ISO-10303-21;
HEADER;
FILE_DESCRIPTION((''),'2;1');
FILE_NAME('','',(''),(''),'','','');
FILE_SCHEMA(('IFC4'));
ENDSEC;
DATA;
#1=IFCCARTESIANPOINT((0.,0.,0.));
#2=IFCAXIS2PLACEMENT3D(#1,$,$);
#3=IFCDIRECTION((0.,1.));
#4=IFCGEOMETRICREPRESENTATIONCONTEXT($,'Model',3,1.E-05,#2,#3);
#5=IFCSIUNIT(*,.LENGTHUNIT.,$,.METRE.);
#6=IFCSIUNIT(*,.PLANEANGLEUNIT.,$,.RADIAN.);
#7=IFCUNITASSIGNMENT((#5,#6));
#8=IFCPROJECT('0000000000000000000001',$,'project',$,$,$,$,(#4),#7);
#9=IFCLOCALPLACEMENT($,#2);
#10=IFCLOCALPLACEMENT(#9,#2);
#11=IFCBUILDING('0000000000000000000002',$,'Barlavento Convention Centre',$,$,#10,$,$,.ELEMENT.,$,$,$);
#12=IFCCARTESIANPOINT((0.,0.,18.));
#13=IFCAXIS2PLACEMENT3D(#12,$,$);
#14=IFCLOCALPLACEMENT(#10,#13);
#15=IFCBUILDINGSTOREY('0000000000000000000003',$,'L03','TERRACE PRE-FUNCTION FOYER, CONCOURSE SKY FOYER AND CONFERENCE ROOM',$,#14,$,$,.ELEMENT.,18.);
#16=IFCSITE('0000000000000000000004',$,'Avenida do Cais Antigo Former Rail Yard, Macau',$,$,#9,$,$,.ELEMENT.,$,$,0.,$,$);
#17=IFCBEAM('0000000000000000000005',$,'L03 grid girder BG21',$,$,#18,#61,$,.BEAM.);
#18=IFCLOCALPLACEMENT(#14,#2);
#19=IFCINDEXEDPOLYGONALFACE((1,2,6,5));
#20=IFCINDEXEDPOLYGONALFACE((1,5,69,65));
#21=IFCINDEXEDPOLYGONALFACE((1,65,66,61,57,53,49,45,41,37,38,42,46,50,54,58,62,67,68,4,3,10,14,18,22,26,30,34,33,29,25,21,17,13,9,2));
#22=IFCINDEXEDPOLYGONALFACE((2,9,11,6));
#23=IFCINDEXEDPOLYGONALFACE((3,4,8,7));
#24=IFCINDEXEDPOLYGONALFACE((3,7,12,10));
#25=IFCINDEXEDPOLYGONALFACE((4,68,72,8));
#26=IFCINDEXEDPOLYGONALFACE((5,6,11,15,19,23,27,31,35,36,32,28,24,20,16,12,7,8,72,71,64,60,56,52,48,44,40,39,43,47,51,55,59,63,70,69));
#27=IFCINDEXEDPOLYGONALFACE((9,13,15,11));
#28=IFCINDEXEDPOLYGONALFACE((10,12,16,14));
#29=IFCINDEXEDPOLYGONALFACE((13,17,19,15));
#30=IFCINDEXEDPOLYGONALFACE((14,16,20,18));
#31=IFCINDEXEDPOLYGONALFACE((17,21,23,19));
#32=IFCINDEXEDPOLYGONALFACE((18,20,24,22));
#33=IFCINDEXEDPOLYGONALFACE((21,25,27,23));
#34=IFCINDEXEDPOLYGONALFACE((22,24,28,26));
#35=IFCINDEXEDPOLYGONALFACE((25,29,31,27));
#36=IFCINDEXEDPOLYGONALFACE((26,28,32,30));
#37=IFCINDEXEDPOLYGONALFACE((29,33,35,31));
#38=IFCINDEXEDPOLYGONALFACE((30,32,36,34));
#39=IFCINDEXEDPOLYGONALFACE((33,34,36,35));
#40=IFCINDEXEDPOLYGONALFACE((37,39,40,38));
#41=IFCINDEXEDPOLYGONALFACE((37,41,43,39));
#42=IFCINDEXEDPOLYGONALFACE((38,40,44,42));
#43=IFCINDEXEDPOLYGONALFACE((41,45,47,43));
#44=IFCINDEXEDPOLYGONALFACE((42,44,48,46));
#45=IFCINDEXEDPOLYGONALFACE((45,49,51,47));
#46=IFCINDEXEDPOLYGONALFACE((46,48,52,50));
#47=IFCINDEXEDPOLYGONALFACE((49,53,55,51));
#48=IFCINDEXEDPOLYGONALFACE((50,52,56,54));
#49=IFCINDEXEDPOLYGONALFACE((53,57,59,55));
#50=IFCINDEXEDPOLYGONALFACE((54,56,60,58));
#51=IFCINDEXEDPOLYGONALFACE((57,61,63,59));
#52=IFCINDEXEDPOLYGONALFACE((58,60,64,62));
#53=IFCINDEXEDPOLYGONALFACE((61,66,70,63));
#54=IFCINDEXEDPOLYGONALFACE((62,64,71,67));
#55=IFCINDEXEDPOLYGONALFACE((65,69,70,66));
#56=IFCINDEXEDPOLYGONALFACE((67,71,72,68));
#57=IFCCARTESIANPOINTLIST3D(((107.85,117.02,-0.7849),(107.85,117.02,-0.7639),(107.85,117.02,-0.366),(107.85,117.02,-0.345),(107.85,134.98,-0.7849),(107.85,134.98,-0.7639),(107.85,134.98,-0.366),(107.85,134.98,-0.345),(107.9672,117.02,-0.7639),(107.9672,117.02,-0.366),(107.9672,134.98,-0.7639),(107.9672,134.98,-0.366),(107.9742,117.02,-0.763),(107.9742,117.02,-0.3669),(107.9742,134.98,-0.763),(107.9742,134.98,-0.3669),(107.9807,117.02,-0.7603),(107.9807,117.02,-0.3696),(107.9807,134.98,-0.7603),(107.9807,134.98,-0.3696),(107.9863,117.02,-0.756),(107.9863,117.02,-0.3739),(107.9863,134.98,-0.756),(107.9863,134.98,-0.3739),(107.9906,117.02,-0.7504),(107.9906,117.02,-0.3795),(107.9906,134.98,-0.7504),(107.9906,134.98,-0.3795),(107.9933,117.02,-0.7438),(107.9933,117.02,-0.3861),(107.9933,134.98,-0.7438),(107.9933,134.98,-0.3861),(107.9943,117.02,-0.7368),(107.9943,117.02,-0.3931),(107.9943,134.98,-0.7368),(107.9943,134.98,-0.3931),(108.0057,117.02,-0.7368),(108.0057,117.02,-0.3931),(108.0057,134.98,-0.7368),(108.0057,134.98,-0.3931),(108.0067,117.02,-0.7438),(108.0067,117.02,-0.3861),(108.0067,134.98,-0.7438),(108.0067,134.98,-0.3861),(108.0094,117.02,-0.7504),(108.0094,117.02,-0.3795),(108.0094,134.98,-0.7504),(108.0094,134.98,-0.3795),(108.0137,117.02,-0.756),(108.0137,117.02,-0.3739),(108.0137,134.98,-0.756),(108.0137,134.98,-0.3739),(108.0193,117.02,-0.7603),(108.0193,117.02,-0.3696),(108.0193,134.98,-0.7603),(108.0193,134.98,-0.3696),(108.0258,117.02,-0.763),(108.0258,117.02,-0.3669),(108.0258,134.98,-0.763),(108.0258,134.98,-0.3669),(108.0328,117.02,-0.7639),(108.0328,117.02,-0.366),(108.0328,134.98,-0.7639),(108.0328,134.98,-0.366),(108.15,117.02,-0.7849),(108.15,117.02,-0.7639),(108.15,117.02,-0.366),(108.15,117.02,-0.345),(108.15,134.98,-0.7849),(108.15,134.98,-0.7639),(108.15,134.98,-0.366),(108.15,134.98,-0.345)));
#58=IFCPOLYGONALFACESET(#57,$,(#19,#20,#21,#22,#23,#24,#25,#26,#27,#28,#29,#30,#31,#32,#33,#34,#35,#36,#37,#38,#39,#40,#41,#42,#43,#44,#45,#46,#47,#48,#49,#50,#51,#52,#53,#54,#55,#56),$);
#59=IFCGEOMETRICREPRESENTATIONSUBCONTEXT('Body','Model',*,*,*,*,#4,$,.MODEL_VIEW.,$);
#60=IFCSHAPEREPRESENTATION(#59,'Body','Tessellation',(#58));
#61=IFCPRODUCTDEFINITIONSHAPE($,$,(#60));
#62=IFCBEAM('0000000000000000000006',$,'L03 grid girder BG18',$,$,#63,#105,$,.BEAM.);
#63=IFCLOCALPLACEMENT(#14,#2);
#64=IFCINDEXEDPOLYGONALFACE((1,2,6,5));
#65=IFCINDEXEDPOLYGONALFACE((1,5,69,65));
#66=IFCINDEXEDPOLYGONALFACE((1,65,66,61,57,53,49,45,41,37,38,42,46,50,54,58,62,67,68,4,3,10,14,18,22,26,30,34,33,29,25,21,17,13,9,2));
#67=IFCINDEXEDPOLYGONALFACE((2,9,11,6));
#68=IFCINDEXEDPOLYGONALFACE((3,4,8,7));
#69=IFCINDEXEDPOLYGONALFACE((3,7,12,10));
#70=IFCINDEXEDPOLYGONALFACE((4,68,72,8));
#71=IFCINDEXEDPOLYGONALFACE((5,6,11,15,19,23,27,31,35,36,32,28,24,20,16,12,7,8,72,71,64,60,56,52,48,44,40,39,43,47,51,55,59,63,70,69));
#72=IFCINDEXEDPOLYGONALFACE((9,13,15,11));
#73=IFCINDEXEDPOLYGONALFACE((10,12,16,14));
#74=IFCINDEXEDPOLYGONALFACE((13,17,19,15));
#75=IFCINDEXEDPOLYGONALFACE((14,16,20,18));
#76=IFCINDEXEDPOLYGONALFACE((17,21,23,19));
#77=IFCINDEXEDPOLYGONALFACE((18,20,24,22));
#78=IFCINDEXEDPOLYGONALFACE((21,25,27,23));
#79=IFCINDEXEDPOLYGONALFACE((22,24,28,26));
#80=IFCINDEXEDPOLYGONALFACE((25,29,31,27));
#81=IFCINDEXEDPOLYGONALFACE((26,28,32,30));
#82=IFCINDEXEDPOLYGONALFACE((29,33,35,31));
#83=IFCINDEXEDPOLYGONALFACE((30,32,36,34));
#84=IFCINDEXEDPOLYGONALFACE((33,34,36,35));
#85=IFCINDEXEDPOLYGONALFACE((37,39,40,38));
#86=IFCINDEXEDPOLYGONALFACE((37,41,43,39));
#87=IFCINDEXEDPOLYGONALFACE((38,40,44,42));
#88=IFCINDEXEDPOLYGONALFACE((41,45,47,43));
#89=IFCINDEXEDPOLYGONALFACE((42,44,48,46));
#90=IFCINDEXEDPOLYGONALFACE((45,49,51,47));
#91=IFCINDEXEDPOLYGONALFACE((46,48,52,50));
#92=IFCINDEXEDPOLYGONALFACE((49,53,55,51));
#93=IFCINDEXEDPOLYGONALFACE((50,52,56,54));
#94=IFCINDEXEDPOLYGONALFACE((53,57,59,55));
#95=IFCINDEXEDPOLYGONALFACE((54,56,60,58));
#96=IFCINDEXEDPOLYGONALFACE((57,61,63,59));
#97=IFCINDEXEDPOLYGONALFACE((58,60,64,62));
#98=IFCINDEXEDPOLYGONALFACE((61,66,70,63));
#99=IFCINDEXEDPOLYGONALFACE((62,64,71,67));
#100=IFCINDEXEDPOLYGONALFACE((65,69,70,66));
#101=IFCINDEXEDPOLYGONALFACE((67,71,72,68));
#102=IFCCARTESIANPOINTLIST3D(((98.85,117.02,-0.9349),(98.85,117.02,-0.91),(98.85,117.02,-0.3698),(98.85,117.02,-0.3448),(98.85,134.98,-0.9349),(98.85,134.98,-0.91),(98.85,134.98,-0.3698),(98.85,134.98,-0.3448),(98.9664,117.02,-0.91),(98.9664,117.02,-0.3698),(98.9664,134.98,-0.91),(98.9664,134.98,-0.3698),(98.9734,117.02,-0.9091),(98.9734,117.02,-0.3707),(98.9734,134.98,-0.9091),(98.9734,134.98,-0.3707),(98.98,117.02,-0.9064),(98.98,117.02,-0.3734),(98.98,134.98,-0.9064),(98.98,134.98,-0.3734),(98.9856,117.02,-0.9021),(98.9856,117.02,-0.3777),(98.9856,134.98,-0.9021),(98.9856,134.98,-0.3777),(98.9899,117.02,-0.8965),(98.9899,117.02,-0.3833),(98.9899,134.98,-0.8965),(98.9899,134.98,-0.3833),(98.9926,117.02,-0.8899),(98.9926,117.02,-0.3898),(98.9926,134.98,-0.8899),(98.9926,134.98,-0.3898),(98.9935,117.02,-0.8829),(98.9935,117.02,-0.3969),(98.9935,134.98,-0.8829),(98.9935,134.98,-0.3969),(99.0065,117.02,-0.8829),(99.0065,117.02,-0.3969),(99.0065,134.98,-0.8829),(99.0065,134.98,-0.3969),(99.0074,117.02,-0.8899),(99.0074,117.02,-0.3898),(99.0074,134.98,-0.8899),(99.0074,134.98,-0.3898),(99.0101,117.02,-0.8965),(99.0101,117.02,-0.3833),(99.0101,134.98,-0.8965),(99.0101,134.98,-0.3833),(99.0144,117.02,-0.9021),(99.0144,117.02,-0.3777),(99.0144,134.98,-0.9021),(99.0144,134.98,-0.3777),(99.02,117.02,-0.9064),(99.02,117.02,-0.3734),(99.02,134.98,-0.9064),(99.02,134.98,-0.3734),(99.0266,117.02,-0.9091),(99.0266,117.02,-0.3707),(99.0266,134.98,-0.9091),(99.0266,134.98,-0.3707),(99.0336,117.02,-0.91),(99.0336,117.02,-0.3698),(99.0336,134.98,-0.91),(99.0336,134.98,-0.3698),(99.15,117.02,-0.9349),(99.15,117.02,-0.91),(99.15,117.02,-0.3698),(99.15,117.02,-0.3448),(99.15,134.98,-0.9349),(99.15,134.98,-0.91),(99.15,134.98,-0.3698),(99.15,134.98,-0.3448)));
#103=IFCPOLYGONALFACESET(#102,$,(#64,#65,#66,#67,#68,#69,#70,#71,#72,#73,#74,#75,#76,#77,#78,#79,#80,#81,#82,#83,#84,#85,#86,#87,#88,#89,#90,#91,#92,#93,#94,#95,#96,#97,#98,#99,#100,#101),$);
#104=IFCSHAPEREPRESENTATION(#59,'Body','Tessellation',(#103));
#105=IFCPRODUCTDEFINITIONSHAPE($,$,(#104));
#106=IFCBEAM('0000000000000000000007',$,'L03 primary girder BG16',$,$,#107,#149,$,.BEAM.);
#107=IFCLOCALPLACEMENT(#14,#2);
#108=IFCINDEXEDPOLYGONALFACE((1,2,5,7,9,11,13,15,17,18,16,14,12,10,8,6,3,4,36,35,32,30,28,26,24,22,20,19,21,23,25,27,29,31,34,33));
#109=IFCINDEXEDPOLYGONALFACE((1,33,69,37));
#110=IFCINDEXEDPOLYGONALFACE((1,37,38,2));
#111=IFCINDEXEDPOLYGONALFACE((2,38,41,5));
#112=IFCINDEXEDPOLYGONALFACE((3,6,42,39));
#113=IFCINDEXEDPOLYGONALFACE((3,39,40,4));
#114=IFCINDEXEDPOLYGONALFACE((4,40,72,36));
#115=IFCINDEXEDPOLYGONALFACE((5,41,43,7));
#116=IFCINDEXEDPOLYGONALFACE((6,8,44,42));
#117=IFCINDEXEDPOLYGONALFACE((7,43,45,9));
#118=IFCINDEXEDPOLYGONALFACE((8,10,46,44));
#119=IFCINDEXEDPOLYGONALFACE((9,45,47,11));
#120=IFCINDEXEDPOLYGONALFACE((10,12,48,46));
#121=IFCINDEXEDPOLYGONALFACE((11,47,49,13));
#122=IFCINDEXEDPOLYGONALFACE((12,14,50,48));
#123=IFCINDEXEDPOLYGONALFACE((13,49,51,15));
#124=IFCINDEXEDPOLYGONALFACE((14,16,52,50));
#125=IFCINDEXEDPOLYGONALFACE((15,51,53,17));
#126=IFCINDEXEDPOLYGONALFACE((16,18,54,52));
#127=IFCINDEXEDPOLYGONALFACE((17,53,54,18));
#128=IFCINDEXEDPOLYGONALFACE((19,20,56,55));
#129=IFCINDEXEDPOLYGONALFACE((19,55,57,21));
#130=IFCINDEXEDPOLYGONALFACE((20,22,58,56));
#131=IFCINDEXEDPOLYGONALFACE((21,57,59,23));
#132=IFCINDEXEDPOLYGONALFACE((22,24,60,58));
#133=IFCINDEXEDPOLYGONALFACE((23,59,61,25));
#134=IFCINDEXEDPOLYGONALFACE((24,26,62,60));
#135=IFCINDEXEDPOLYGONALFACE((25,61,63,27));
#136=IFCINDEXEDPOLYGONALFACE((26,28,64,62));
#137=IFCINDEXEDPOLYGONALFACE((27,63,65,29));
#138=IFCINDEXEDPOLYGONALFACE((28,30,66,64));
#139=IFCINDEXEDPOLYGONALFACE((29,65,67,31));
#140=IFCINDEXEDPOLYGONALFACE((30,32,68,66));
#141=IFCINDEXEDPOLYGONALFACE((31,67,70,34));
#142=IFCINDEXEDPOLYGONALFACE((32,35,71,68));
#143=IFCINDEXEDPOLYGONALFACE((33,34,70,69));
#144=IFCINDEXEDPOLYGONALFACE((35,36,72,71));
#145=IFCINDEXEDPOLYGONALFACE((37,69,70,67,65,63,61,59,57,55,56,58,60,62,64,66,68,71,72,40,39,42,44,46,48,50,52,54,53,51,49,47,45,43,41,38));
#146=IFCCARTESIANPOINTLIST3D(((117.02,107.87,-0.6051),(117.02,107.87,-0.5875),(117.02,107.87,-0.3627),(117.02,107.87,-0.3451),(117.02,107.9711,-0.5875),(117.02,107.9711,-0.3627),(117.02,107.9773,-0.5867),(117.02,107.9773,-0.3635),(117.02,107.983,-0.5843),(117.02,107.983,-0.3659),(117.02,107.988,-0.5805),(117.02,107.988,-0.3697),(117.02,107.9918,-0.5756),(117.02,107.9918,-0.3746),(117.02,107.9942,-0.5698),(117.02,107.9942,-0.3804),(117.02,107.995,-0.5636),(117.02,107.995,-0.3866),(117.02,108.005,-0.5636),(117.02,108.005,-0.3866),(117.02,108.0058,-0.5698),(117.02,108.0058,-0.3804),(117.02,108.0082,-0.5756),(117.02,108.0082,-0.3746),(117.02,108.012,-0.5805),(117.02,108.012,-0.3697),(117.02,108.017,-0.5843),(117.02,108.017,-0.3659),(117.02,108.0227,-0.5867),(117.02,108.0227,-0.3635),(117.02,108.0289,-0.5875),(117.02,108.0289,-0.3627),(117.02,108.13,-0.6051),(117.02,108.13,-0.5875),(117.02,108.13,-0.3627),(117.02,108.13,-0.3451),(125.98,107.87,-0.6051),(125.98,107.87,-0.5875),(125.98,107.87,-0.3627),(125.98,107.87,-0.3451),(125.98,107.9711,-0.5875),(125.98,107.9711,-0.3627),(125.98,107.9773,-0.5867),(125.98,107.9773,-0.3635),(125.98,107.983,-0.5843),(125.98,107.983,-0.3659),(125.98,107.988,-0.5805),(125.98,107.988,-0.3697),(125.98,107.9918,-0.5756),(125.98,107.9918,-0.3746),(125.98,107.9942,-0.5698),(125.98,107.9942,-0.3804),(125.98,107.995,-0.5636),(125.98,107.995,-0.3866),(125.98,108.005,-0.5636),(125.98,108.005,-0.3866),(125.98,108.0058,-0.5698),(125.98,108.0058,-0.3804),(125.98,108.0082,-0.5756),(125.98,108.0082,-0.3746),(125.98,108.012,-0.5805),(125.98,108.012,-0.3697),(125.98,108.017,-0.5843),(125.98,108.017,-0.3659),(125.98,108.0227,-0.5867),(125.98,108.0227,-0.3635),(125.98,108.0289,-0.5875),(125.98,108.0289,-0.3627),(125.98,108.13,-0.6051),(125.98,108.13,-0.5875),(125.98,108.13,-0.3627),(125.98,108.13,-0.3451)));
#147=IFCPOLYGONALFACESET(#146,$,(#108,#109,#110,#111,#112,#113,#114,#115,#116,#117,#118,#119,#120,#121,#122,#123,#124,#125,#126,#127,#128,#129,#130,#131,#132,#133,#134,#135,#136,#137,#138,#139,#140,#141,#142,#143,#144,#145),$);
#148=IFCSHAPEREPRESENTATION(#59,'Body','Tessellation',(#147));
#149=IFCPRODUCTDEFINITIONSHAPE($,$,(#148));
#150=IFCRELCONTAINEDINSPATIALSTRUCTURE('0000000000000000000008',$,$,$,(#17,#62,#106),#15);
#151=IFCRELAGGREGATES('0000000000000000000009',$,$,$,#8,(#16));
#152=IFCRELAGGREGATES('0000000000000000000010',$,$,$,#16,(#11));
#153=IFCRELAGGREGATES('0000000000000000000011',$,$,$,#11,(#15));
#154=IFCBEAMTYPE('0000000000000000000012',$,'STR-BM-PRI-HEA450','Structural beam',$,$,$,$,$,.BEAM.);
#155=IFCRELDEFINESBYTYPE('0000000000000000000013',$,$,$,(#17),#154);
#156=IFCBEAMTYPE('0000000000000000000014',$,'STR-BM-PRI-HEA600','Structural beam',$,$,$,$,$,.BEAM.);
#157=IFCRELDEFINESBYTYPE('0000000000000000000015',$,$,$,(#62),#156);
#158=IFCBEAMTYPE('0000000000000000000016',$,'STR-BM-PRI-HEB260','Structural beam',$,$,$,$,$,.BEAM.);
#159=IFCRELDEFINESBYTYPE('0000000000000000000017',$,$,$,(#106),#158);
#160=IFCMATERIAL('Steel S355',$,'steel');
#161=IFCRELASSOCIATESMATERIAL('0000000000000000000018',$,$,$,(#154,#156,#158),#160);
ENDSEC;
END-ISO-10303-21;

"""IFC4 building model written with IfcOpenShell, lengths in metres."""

from ifc_helpers import new_model, si_unit, direction, frame, origin, origin_2d, place, context, subcontext, project, spatial, i_section, extrude, material, material_profile, profile_set, type_object, element, save


model = new_model("IFC4")

# Units and contexts
model_context = context("Model", 3, precision=1e-05, world=origin(), true_north=direction((0.0, 1.0)))
body_context = subcontext(model_context, "Body", "Model", "MODEL_VIEW")
ifc_project = project(units=[si_unit("LENGTHUNIT", "METRE"), si_unit("PLANEANGLEUNIT", "RADIAN")], contexts=[model_context])

# Site, building, storey
site_placement = place(None, origin())
site = spatial("IfcSite", under=ifc_project, at=site_placement, Name="Avenida do Cais Antigo Former Rail Yard, Macau", CompositionType="ELEMENT", RefElevation=0.0)
building_placement = place(site_placement, origin())
building = spatial("IfcBuilding", under=site, at=building_placement, Name="Barlavento Convention Centre", CompositionType="ELEMENT")
storey_placement = place(building_placement, frame((0.0, 0.0, 18.0)))
storey = spatial("IfcBuildingStorey", under=building, at=storey_placement, Name="L03", Description="TERRACE PRE-FUNCTION FOYER, CONCOURSE SKY FOYER AND CONFERENCE ROOM", CompositionType="ELEMENT", Elevation=18.0)

# Beams
ifc_material = material(Name="Steel S355", Category="steel")
ifc_material_profile_1 = material_profile(ifc_material, i_section(OverallWidth=0.3, OverallDepth=0.4399, WebThickness=0.0115, FlangeThickness=0.021, FilletRadius=0.0271, at=origin_2d()), Name="HEA 450")
ifc_profile_set_1 = profile_set([ifc_material_profile_1], Name="Steel S355")
beam_type_1 = type_object("IfcBeamType", Name="STR-BM-PRI-HEA450", Description="Structural beam", PredefinedType="BEAM", material=ifc_profile_set_1)
beam_1_placement = place(storey_placement, frame((108.0, 117.02, -0.5649), z_axis=(0.0, 1.0, 0.0), x_axis=(-1.0, 0.0, 0.0)))
element("IfcBeam", 1, at=beam_1_placement, inside=storey, type_object=beam_type_1, Name="L03 grid girder BG21", PredefinedType="BEAM", context=body_context, shape_type="SweptSolid", body=[
    extrude(i_section(OverallWidth=0.3, OverallDepth=0.4399, WebThickness=0.0115, FlangeThickness=0.021, FilletRadius=0.0271, at=origin_2d()), origin(), (0.0, 0.0, 1.0), 17.96),
])
ifc_material_profile_2 = material_profile(ifc_material, i_section(OverallWidth=0.3, OverallDepth=0.5901, WebThickness=0.0129, FlangeThickness=0.0249, FilletRadius=0.0271, at=origin_2d()), Name="HEA 600")
ifc_profile_set_2 = profile_set([ifc_material_profile_2], Name="Steel S355")
beam_type_2 = type_object("IfcBeamType", Name="STR-BM-PRI-HEA600", Description="Structural beam", PredefinedType="BEAM", material=ifc_profile_set_2)
beam_2_placement = place(storey_placement, frame((99.0, 117.02, -0.6399), z_axis=(0.0, 1.0, 0.0), x_axis=(-1.0, 0.0, 0.0)))
element("IfcBeam", 2, at=beam_2_placement, inside=storey, type_object=beam_type_2, Name="L03 grid girder BG18", PredefinedType="BEAM", context=body_context, shape_type="SweptSolid", body=[
    extrude(i_section(OverallWidth=0.3, OverallDepth=0.5901, WebThickness=0.0129, FlangeThickness=0.0249, FilletRadius=0.0271, at=origin_2d()), origin(), (0.0, 0.0, 1.0), 17.96),
])
ifc_material_profile_3 = material_profile(ifc_material, i_section(OverallWidth=0.26, OverallDepth=0.26, WebThickness=0.01, FlangeThickness=0.0176, FilletRadius=0.0239, at=origin_2d()), Name="HEB 260")
ifc_profile_set_3 = profile_set([ifc_material_profile_3], Name="Steel S355")
beam_type_3 = type_object("IfcBeamType", Name="STR-BM-PRI-HEB260", Description="Structural beam", PredefinedType="BEAM", material=ifc_profile_set_3)
beam_3_placement = place(storey_placement, frame((117.02, 108.0, -0.4751), z_axis=(1.0, 0.0, 0.0), x_axis=(0.0, 1.0, 0.0)))
element("IfcBeam", 3, at=beam_3_placement, inside=storey, type_object=beam_type_3, Name="L03 primary girder BG16", PredefinedType="BEAM", context=body_context, shape_type="SweptSolid", body=[
    extrude(i_section(OverallWidth=0.26, OverallDepth=0.26, WebThickness=0.01, FlangeThickness=0.0176, FilletRadius=0.0239, at=origin_2d()), origin(), (0.0, 0.0, 1.0), 8.96),
])

save(model, "model.ifc")
